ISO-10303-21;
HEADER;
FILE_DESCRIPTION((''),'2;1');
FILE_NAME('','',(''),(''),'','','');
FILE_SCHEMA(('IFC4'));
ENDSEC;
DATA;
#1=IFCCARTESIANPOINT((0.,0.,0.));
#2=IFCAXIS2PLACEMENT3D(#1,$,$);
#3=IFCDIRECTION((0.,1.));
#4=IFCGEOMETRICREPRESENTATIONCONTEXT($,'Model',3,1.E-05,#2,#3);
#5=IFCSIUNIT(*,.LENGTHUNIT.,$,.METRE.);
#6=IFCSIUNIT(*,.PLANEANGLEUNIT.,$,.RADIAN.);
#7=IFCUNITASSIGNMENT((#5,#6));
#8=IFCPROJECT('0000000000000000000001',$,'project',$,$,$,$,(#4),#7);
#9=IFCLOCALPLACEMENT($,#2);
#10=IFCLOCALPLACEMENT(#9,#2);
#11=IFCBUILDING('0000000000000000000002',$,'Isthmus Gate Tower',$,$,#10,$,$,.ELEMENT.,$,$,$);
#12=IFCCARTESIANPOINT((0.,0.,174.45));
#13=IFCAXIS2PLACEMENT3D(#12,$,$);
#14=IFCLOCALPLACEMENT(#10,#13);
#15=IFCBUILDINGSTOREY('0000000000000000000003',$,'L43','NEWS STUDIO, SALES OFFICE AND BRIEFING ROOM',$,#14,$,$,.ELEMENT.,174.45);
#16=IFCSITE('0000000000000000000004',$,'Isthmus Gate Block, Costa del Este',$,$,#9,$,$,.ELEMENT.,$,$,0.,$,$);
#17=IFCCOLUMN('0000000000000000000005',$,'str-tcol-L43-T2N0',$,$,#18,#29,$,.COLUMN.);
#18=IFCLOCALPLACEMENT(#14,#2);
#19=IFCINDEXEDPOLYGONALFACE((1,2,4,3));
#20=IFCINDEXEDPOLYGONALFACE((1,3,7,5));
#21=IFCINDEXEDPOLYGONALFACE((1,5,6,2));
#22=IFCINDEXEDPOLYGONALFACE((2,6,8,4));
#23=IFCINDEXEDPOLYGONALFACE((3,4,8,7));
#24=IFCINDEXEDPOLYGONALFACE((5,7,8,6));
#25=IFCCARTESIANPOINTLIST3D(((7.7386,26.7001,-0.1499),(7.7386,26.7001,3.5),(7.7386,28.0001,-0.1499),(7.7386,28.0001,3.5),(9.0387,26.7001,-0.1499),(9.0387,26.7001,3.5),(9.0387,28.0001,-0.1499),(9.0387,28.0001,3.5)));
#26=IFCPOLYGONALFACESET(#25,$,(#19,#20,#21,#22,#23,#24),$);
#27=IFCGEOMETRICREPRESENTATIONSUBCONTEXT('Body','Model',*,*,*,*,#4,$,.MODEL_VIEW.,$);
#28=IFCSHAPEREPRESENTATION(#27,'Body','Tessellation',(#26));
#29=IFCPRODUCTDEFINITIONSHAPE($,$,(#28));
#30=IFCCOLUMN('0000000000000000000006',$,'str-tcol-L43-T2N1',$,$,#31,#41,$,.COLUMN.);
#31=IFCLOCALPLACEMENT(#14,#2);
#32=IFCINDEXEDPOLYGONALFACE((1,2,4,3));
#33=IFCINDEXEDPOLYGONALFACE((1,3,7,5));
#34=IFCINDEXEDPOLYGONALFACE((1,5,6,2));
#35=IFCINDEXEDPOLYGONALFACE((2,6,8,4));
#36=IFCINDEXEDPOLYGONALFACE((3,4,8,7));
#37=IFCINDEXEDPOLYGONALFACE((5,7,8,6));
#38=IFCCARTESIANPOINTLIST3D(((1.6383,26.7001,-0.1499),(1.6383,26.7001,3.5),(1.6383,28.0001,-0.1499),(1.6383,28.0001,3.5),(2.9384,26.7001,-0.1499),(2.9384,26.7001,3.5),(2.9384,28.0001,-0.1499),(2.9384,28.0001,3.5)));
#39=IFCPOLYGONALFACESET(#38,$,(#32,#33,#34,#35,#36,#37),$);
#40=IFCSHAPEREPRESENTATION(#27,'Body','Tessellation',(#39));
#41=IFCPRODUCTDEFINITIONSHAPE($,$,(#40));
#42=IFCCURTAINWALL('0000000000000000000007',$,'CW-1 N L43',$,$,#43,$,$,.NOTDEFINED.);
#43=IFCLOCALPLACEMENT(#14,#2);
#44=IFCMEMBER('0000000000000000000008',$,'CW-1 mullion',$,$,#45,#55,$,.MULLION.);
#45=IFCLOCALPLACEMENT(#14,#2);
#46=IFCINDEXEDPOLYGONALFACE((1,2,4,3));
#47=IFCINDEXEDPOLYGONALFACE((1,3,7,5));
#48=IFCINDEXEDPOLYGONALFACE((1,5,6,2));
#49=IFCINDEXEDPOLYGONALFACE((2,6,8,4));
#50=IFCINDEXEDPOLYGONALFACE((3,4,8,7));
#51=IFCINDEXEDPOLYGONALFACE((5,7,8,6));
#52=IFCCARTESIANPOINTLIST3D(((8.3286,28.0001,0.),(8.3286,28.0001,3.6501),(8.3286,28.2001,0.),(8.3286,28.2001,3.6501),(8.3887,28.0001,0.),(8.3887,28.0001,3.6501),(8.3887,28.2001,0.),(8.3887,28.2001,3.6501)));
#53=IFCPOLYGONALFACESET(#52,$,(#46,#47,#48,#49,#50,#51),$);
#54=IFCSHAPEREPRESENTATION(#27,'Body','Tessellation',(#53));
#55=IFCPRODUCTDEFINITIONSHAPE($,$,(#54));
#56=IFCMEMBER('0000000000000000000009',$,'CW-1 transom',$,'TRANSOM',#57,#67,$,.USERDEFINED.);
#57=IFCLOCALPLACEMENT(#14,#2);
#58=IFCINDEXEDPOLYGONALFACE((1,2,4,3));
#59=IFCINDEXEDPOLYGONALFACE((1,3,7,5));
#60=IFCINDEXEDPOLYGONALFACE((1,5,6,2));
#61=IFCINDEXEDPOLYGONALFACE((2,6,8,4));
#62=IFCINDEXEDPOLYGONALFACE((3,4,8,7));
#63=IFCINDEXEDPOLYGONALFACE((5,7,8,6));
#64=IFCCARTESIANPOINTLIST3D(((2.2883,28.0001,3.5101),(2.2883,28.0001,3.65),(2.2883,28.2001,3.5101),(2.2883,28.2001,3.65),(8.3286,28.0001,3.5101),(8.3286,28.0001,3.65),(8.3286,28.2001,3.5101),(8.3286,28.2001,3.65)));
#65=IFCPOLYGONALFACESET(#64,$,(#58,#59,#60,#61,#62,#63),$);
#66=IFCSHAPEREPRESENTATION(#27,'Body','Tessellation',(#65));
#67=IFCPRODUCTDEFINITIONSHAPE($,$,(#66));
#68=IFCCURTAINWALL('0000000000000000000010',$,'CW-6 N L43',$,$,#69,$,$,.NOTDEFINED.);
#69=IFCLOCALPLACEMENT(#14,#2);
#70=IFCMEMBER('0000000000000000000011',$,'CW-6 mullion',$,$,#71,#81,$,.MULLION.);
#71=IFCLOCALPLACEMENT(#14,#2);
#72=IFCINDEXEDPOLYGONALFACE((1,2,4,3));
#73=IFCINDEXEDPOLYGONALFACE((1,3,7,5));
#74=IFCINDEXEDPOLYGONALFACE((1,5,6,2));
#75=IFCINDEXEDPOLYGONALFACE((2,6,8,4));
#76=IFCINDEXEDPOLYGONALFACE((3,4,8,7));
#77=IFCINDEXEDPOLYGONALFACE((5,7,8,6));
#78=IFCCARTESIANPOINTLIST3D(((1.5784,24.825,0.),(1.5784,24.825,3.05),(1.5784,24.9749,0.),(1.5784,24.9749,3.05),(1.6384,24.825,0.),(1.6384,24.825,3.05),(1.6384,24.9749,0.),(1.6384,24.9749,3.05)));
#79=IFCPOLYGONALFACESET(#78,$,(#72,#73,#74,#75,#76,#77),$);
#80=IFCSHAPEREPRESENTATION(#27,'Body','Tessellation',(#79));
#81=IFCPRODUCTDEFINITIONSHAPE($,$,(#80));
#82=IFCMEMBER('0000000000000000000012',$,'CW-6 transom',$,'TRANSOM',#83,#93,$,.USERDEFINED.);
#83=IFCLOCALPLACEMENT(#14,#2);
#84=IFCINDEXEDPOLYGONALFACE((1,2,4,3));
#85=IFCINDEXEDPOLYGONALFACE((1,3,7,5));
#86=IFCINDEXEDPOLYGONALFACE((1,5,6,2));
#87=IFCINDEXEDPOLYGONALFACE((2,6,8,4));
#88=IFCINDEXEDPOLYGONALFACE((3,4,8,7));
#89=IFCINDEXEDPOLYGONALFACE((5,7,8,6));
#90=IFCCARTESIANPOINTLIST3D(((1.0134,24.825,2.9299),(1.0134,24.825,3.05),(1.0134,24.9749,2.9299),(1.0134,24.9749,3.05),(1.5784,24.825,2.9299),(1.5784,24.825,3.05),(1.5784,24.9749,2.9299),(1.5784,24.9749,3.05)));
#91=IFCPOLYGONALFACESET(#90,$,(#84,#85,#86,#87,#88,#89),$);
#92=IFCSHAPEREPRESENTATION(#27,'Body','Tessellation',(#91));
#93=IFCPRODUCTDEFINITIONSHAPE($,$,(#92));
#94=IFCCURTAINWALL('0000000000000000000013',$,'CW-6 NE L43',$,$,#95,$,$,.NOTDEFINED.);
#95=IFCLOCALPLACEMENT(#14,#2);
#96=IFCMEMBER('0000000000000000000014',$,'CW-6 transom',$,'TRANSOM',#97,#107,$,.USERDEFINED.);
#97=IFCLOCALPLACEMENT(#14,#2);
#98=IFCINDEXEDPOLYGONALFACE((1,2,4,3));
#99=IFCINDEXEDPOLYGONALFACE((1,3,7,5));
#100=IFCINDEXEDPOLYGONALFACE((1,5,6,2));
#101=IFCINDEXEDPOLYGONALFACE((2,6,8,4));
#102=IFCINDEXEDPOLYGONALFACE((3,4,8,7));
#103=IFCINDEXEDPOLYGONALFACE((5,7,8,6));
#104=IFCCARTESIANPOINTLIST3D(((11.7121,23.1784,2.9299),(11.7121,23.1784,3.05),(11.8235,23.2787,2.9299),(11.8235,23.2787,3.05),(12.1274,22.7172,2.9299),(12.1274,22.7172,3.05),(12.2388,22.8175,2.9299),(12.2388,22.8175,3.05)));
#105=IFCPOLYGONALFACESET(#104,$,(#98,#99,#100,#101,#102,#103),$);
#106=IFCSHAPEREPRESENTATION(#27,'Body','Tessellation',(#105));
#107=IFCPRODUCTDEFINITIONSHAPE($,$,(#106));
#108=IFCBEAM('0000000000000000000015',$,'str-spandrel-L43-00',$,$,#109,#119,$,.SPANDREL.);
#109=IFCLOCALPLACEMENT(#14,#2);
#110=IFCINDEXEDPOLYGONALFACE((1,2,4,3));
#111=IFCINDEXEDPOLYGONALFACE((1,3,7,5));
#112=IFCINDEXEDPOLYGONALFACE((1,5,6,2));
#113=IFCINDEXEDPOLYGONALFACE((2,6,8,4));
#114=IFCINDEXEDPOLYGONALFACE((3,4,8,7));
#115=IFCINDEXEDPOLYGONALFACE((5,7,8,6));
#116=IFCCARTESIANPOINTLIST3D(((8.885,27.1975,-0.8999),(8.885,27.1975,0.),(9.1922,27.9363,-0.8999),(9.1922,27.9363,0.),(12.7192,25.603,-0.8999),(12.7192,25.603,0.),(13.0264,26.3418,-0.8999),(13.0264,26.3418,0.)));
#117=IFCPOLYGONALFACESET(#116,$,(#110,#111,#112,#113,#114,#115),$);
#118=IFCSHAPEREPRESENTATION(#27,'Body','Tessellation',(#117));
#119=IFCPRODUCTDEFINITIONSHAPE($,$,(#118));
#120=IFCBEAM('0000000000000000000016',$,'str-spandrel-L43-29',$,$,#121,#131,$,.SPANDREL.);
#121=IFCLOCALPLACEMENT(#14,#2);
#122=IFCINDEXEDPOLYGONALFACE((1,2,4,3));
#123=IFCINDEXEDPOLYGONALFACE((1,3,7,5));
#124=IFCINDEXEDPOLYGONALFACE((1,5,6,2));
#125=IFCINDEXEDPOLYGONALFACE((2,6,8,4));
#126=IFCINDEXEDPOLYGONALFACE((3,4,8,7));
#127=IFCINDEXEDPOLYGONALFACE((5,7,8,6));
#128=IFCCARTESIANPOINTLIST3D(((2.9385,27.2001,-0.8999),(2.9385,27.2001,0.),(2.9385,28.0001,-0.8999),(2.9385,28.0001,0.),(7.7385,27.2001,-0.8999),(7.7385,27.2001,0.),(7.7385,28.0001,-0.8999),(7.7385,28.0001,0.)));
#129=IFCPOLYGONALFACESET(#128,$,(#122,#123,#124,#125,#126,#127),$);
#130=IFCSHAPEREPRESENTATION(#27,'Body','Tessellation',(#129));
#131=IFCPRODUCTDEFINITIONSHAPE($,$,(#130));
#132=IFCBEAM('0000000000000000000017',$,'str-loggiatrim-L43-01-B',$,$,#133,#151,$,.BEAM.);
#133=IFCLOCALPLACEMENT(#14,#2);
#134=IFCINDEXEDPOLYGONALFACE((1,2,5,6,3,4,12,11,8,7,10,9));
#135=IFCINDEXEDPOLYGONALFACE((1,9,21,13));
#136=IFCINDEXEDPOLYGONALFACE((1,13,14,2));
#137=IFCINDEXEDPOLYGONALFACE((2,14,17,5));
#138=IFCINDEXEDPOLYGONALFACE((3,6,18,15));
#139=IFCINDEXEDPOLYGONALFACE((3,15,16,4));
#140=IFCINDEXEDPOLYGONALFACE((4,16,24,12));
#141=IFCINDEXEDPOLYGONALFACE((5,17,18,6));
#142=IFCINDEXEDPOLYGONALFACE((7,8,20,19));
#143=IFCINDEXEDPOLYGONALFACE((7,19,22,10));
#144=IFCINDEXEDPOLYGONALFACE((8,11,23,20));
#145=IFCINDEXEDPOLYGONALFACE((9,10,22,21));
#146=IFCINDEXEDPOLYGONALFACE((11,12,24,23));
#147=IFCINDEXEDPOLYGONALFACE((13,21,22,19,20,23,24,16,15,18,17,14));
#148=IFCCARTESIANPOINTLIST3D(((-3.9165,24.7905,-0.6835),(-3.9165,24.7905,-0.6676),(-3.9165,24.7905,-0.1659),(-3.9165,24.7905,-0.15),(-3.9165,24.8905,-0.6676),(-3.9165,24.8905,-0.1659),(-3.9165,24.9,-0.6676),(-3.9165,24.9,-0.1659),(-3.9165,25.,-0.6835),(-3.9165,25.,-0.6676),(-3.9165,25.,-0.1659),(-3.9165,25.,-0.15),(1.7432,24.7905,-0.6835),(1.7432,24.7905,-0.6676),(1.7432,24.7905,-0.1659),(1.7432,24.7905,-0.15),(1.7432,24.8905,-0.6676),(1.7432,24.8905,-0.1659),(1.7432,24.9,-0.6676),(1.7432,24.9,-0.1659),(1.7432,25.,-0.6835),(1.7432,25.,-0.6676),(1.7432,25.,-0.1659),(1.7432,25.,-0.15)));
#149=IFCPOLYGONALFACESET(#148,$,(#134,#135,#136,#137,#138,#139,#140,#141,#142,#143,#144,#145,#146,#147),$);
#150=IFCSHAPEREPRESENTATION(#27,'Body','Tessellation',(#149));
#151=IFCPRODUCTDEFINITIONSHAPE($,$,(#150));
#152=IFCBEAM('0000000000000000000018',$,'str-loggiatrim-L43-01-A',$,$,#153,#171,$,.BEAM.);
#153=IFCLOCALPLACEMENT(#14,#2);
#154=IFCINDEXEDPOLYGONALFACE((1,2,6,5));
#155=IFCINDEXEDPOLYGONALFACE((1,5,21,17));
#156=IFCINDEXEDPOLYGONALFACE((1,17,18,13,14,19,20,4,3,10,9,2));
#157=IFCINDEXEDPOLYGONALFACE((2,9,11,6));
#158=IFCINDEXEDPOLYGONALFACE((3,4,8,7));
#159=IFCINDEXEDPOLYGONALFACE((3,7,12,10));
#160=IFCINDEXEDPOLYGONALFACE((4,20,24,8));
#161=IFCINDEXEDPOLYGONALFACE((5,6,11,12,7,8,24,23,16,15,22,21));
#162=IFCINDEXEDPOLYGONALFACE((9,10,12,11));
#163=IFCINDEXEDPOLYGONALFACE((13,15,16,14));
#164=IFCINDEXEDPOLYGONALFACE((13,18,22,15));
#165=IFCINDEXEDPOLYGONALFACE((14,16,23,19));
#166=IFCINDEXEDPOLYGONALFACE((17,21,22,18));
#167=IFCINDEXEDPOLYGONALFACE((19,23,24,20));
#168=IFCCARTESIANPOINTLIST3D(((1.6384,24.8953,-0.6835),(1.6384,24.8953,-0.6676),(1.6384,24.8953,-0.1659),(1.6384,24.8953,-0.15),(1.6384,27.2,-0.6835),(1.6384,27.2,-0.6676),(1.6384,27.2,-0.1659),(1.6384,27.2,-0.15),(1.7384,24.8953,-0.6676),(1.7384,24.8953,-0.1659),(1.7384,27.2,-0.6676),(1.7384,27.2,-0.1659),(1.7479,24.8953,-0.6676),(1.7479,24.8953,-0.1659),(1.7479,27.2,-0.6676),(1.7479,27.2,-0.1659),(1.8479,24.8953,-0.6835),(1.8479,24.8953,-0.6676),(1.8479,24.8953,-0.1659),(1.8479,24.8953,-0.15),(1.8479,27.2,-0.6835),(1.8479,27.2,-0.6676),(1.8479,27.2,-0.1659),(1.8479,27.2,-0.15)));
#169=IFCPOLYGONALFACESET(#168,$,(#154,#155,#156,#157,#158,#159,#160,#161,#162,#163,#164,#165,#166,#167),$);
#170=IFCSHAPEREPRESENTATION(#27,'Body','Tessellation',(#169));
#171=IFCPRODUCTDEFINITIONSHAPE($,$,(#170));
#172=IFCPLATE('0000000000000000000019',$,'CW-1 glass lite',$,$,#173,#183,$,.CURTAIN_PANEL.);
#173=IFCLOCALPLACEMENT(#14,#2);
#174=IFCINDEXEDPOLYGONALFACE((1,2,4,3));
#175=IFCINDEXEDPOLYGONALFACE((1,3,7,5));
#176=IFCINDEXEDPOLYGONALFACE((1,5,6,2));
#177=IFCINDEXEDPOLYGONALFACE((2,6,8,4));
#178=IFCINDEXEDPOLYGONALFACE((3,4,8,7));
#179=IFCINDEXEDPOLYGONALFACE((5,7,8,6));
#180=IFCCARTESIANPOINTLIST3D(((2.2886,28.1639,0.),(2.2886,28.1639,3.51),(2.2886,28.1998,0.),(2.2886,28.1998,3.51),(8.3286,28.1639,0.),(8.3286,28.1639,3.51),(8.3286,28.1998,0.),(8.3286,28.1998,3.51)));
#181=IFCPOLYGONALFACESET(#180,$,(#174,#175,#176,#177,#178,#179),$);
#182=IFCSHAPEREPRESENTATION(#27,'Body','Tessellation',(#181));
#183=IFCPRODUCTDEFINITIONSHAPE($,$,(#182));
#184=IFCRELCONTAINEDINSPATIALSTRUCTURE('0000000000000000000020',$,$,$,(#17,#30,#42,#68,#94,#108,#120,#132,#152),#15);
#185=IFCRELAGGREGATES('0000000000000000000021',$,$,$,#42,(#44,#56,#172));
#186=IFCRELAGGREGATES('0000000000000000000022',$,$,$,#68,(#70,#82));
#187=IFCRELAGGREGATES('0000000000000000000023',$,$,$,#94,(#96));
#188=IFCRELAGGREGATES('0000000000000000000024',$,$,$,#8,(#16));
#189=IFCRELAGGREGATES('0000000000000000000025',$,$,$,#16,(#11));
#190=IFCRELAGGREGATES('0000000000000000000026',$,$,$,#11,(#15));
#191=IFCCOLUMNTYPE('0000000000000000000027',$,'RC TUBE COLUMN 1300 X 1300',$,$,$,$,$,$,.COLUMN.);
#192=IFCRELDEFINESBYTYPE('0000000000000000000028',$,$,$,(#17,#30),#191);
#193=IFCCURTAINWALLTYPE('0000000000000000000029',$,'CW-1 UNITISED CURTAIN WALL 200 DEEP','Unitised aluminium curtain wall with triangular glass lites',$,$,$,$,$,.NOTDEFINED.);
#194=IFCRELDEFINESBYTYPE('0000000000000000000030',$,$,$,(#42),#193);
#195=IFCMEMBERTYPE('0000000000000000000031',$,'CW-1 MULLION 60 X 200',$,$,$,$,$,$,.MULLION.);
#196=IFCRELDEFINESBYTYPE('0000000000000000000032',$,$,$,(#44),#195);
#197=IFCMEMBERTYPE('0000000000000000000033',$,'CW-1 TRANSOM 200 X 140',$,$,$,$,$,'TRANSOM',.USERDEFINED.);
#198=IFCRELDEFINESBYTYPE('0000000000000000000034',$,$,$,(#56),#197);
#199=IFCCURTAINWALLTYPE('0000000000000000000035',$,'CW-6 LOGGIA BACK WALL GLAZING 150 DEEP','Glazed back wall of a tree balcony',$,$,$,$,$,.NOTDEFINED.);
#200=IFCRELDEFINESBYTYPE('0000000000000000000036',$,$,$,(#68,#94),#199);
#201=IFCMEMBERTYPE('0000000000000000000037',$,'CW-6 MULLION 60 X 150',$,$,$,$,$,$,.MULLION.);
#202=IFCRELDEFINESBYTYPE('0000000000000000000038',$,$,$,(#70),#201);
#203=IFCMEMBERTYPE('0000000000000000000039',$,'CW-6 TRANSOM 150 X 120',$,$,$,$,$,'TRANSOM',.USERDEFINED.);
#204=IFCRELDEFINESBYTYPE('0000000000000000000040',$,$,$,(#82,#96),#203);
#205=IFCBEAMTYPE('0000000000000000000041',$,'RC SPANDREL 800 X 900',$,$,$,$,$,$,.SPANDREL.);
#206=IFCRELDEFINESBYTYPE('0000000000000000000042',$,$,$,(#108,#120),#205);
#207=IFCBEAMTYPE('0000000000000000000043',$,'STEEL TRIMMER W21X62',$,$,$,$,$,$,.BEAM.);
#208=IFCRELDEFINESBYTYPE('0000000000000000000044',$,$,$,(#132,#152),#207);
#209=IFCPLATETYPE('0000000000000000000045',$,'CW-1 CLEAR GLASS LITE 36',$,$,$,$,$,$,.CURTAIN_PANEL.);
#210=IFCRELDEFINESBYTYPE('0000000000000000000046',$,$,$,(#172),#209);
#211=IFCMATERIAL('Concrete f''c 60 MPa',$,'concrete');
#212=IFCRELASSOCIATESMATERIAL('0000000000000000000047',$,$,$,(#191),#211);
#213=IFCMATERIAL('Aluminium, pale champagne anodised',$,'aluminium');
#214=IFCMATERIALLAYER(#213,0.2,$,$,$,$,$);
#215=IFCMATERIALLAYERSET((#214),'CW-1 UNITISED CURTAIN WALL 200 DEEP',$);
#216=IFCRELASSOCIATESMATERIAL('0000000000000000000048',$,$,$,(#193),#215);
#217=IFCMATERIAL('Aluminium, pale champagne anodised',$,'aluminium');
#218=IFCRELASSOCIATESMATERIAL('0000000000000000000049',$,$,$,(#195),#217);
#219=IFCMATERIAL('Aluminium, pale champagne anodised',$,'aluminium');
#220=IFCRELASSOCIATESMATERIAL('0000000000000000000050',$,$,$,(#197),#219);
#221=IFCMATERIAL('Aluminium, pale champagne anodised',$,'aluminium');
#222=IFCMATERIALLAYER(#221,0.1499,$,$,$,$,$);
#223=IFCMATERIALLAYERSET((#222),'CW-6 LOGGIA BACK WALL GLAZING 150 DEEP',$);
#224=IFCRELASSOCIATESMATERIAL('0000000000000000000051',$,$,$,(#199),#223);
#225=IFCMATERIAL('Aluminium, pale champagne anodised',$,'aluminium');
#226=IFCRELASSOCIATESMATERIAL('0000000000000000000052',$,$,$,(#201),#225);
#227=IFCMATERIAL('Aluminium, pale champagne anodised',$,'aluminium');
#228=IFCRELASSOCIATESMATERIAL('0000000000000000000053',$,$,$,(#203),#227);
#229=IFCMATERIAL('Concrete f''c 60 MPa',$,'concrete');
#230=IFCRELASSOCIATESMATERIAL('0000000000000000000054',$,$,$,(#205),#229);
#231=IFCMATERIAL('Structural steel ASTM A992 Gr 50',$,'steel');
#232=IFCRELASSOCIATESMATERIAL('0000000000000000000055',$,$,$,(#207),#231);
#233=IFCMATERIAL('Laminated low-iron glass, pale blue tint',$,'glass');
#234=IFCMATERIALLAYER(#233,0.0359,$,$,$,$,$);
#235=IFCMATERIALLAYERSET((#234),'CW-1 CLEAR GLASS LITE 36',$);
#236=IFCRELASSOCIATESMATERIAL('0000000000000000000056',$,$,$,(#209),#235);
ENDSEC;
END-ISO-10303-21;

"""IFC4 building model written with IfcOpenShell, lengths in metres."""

from ifc_helpers import new_model, si_unit, direction, frame, origin, origin_2d, place, context, subcontext, project, spatial, rectangle, i_section, extrude, material, layer, layer_set, material_profile, profile_set, type_object, element, aggregate, save


model = new_model("IFC4")

# Units and contexts
model_context = context("Model", 3, precision=1e-05, world=origin(), true_north=direction((0.0, 1.0)))
body_context = subcontext(model_context, "Body", "Model", "MODEL_VIEW")
ifc_project = project(units=[si_unit("LENGTHUNIT", "METRE"), si_unit("PLANEANGLEUNIT", "RADIAN")], contexts=[model_context])

# Site, building, storey
site_placement = place(None, origin())
site = spatial("IfcSite", under=ifc_project, at=site_placement, Name="Isthmus Gate Block, Costa del Este", CompositionType="ELEMENT", RefElevation=0.0)
building_placement = place(site_placement, origin())
building = spatial("IfcBuilding", under=site, at=building_placement, Name="Isthmus Gate Tower", CompositionType="ELEMENT")
storey_placement = place(building_placement, frame((0.0, 0.0, 174.45)))
storey = spatial("IfcBuildingStorey", under=building, at=storey_placement, Name="L43", Description="NEWS STUDIO, SALES OFFICE AND BRIEFING ROOM", CompositionType="ELEMENT", Elevation=174.45)

# Columns
ifc_material_1 = material(Name="Concrete f'c 60 MPa", Category="concrete")
ifc_material_profile_1 = material_profile(ifc_material_1, rectangle(XDim=1.3, YDim=1.3, at=origin_2d()), Name="RC 1300X1300")
ifc_profile_set_1 = profile_set([ifc_material_profile_1], Name="Concrete f'c 60 MPa")
column_type = type_object("IfcColumnType", Name="RC TUBE COLUMN 1300 X 1300", PredefinedType="COLUMN", material=ifc_profile_set_1)
for number, where, z_axis, x_axis, name in (
    (1, (8.3887, 27.3501, -0.1499), (0.0, 0.0, 1.0), (-1.0, 0.0, 0.0), "str-tcol-L43-T2N0"),
    (2, (2.2883, 27.3501, -0.1499), (0.0, 0.0, 1.0), (-1.0, 0.0, 0.0), "str-tcol-L43-T2N1"),
):
    element("IfcColumn", number, at=place(storey_placement, frame(where, z_axis=z_axis, x_axis=x_axis)), inside=storey, type_object=column_type, Name=name, PredefinedType="COLUMN", context=body_context, shape_type="SweptSolid", body=[
        extrude(rectangle(XDim=1.3, YDim=1.3, at=origin_2d()), origin(), (0.0, 0.0, 1.0), 3.6499),
    ])

# Curtain walls, members
ifc_material_2 = material(Name="Aluminium, pale champagne anodised", Category="aluminium")
ifc_layer_1 = layer(ifc_material_2, 0.2)
ifc_layer_set_1 = layer_set([ifc_layer_1], Name="CW-1 UNITISED CURTAIN WALL 200 DEEP")
curtain_wall_type_1 = type_object("IfcCurtainWallType", Name="CW-1 UNITISED CURTAIN WALL 200 DEEP", Description="Unitised aluminium curtain wall with triangular glass lites", PredefinedType="NOTDEFINED", material=ifc_layer_set_1)
curtain_wall_1_placement = place(storey_placement, origin())
curtain_wall_1 = element("IfcCurtainWall", 3, at=curtain_wall_1_placement, inside=storey, type_object=curtain_wall_type_1, Name="CW-1 N L43", PredefinedType="NOTDEFINED")
ifc_material_3 = material(Name="Aluminium, pale champagne anodised", Category="aluminium")
ifc_material_profile_2 = material_profile(ifc_material_3, rectangle(XDim=0.0601, YDim=0.2, at=origin_2d()), Name="60x200")
ifc_profile_set_2 = profile_set([ifc_material_profile_2], Name="Aluminium, pale champagne anodised")
member_type_1 = type_object("IfcMemberType", Name="CW-1 MULLION 60 X 200", PredefinedType="MULLION", material=ifc_profile_set_2)
member_1_placement = place(storey_placement, frame((8.3586, 28.1001, 0.0), z_axis=(0.0, 0.0, 1.0), x_axis=(-1.0, 0.0, 0.0)))
member_1 = element("IfcMember", 4, at=member_1_placement, type_object=member_type_1, Name="CW-1 mullion", PredefinedType="MULLION", context=body_context, shape_type="SweptSolid", body=[
    extrude(rectangle(XDim=0.0601, YDim=0.2, at=origin_2d()), origin(), (0.0, 0.0, 1.0), 3.6501),
])
ifc_material_4 = material(Name="Aluminium, pale champagne anodised", Category="aluminium")
ifc_material_profile_3 = material_profile(ifc_material_4, rectangle(XDim=0.2, YDim=0.1399, at=origin_2d()), Name="200x140")
ifc_profile_set_3 = profile_set([ifc_material_profile_3], Name="Aluminium, pale champagne anodised")
member_type_2 = type_object("IfcMemberType", Name="CW-1 TRANSOM 200 X 140", ElementType="TRANSOM", PredefinedType="USERDEFINED", material=ifc_profile_set_3)
member_2_placement = place(storey_placement, frame((8.3286, 28.1001, 3.5801), z_axis=(-1.0, 0.0, 0.0), x_axis=(0.0, -1.0, 0.0)))
member_2 = element("IfcMember", 5, at=member_2_placement, type_object=member_type_2, Name="CW-1 transom", ObjectType="TRANSOM", PredefinedType="USERDEFINED", context=body_context, shape_type="SweptSolid", body=[
    extrude(rectangle(XDim=0.2, YDim=0.1399, at=origin_2d()), origin(), (0.0, 0.0, 1.0), 6.0403),
])
ifc_material_5 = material(Name="Aluminium, pale champagne anodised", Category="aluminium")
ifc_layer_2 = layer(ifc_material_5, 0.1499)
ifc_layer_set_2 = layer_set([ifc_layer_2], Name="CW-6 LOGGIA BACK WALL GLAZING 150 DEEP")
curtain_wall_type_2 = type_object("IfcCurtainWallType", Name="CW-6 LOGGIA BACK WALL GLAZING 150 DEEP", Description="Glazed back wall of a tree balcony", PredefinedType="NOTDEFINED", material=ifc_layer_set_2)
curtain_wall_2_placement = place(storey_placement, origin())
curtain_wall_2 = element("IfcCurtainWall", 6, at=curtain_wall_2_placement, inside=storey, type_object=curtain_wall_type_2, Name="CW-6 N L43", PredefinedType="NOTDEFINED")
ifc_material_6 = material(Name="Aluminium, pale champagne anodised", Category="aluminium")
ifc_material_profile_4 = material_profile(ifc_material_6, rectangle(XDim=0.0601, YDim=0.1499, at=origin_2d()), Name="60x150")
ifc_profile_set_4 = profile_set([ifc_material_profile_4], Name="Aluminium, pale champagne anodised")
member_type_3 = type_object("IfcMemberType", Name="CW-6 MULLION 60 X 150", PredefinedType="MULLION", material=ifc_profile_set_4)
member_3_placement = place(storey_placement, frame((1.6084, 24.8999, 0.0), z_axis=(0.0, 0.0, 1.0), x_axis=(-1.0, 0.0, 0.0)))
member_3 = element("IfcMember", 7, at=member_3_placement, type_object=member_type_3, Name="CW-6 mullion", PredefinedType="MULLION", context=body_context, shape_type="SweptSolid", body=[
    extrude(rectangle(XDim=0.0601, YDim=0.1499, at=origin_2d()), origin(), (0.0, 0.0, 1.0), 3.05),
])
ifc_material_7 = material(Name="Aluminium, pale champagne anodised", Category="aluminium")
ifc_material_profile_5 = material_profile(ifc_material_7, rectangle(XDim=0.1499, YDim=0.1201, at=origin_2d()), Name="150x120")
ifc_profile_set_5 = profile_set([ifc_material_profile_5], Name="Aluminium, pale champagne anodised")
member_type_4 = type_object("IfcMemberType", Name="CW-6 TRANSOM 150 X 120", ElementType="TRANSOM", PredefinedType="USERDEFINED", material=ifc_profile_set_5)
member_4_placement = place(storey_placement, frame((1.5784, 24.8999, 2.99), z_axis=(-1.0, 0.0, 0.0), x_axis=(0.0, -1.0, 0.0)))
member_4 = element("IfcMember", 8, at=member_4_placement, type_object=member_type_4, Name="CW-6 transom", ObjectType="TRANSOM", PredefinedType="USERDEFINED", context=body_context, shape_type="SweptSolid", body=[
    extrude(rectangle(XDim=0.1499, YDim=0.1201, at=origin_2d()), origin(), (0.0, 0.0, 1.0), 0.5649),
])

# Curtain wall, member
curtain_wall_3_placement = place(storey_placement, origin())
curtain_wall_3 = element("IfcCurtainWall", 9, at=curtain_wall_3_placement, inside=storey, type_object=curtain_wall_type_2, Name="CW-6 NE L43", PredefinedType="NOTDEFINED")
member_5_placement = place(storey_placement, frame((12.1831, 22.7673, 2.99), z_axis=(-0.66916, 0.743118, 0.0), x_axis=(-0.743118, -0.66916, 0.0)))
member_5 = element("IfcMember", 10, at=member_5_placement, type_object=member_type_4, Name="CW-6 transom", ObjectType="TRANSOM", PredefinedType="USERDEFINED", context=body_context, shape_type="SweptSolid", body=[
    extrude(rectangle(XDim=0.1499, YDim=0.1201, at=origin_2d()), origin(), (0.0, 0.0, 1.0), 0.6206),
])

# Beams
ifc_material_8 = material(Name="Concrete f'c 60 MPa", Category="concrete")
ifc_material_profile_6 = material_profile(ifc_material_8, rectangle(XDim=0.8, YDim=0.8999, at=origin_2d()), Name="RC 800X900")
ifc_profile_set_6 = profile_set([ifc_material_profile_6], Name="Concrete f'c 60 MPa")
beam_type_1 = type_object("IfcBeamType", Name="RC SPANDREL 800 X 900", PredefinedType="SPANDREL", material=ifc_profile_set_6)
beam_1_placement = place(storey_placement, frame((9.0386, 27.5669, -0.45), z_axis=(0.923343, -0.383977, 0.0), x_axis=(0.383977, 0.923343, 0.0)))
element("IfcBeam", 11, at=beam_1_placement, inside=storey, type_object=beam_type_1, Name="str-spandrel-L43-00", PredefinedType="SPANDREL", context=body_context, shape_type="SweptSolid", body=[
    extrude(rectangle(XDim=0.8, YDim=0.8999, at=origin_2d()), origin(), (0.0, 0.0, 1.0), 4.1526),
])
beam_2_placement = place(storey_placement, frame((2.9385, 27.6001, -0.45), z_axis=(1.0, 0.0, 0.0), x_axis=(0.0, 1.0, 0.0)))
element("IfcBeam", 12, at=beam_2_placement, inside=storey, type_object=beam_type_1, Name="str-spandrel-L43-29", PredefinedType="SPANDREL", context=body_context, shape_type="SweptSolid", body=[
    extrude(rectangle(XDim=0.8, YDim=0.8999, at=origin_2d()), origin(), (0.0, 0.0, 1.0), 4.8),
])
ifc_material_9 = material(Name="Structural steel ASTM A992 Gr 50", Category="steel")
ifc_material_profile_7 = material_profile(ifc_material_9, i_section(OverallWidth=0.2095, OverallDepth=0.5334, WebThickness=0.0095, FlangeThickness=0.0159, at=origin_2d()), Name="W21X62")
ifc_profile_set_7 = profile_set([ifc_material_profile_7], Name="Structural steel ASTM A992 Gr 50")
beam_type_2 = type_object("IfcBeamType", Name="STEEL TRIMMER W21X62", PredefinedType="BEAM", material=ifc_profile_set_7)
beam_3_placement = place(storey_placement, frame((1.7432, 24.8953, -0.4167), z_axis=(-1.0, 0.0, 0.0), x_axis=(0.0, -1.0, 0.0)))
element("IfcBeam", 13, at=beam_3_placement, inside=storey, type_object=beam_type_2, Name="str-loggiatrim-L43-01-B", PredefinedType="BEAM", context=body_context, shape_type="SweptSolid", body=[
    extrude(i_section(OverallWidth=0.2095, OverallDepth=0.5334, WebThickness=0.0095, FlangeThickness=0.0159, at=origin_2d()), origin(), (0.0, 0.0, 1.0), 5.6597),
])
beam_4_placement = place(storey_placement, frame((1.7432, 27.2, -0.4167), z_axis=(0.0, -1.0, 0.0), x_axis=(1.0, 0.0, 0.0)))
element("IfcBeam", 14, at=beam_4_placement, inside=storey, type_object=beam_type_2, Name="str-loggiatrim-L43-01-A", PredefinedType="BEAM", context=body_context, shape_type="SweptSolid", body=[
    extrude(i_section(OverallWidth=0.2095, OverallDepth=0.5334, WebThickness=0.0095, FlangeThickness=0.0159, at=origin_2d()), origin(), (0.0, 0.0, 1.0), 2.3047),
])

# Plate
ifc_material_10 = material(Name="Laminated low-iron glass, pale blue tint", Category="glass")
ifc_layer_3 = layer(ifc_material_10, 0.0359)
ifc_layer_set_3 = layer_set([ifc_layer_3], Name="CW-1 CLEAR GLASS LITE 36")
plate_type_1 = type_object("IfcPlateType", Name="CW-1 CLEAR GLASS LITE 36", PredefinedType="CURTAIN_PANEL", material=ifc_layer_set_3)
plate_1_placement = place(storey_placement, frame((5.3086, 28.1819, 0.0), z_axis=(0.0, 0.0, 1.0), x_axis=(-1.0, 0.0, 0.0)))
plate_1 = element("IfcPlate", 15, at=plate_1_placement, type_object=plate_type_1, Name="CW-1 glass lite", PredefinedType="CURTAIN_PANEL", context=body_context, shape_type="SweptSolid", body=[
    extrude(rectangle(XDim=6.04, YDim=0.0359, at=origin_2d()), origin(), (0.0, 0.0, 1.0), 3.51),
])
aggregate(curtain_wall_1, [member_1, member_2, plate_1])

aggregate(curtain_wall_2, [member_3, member_4])
aggregate(curtain_wall_3, [member_5])

save(model, "model.ifc")
